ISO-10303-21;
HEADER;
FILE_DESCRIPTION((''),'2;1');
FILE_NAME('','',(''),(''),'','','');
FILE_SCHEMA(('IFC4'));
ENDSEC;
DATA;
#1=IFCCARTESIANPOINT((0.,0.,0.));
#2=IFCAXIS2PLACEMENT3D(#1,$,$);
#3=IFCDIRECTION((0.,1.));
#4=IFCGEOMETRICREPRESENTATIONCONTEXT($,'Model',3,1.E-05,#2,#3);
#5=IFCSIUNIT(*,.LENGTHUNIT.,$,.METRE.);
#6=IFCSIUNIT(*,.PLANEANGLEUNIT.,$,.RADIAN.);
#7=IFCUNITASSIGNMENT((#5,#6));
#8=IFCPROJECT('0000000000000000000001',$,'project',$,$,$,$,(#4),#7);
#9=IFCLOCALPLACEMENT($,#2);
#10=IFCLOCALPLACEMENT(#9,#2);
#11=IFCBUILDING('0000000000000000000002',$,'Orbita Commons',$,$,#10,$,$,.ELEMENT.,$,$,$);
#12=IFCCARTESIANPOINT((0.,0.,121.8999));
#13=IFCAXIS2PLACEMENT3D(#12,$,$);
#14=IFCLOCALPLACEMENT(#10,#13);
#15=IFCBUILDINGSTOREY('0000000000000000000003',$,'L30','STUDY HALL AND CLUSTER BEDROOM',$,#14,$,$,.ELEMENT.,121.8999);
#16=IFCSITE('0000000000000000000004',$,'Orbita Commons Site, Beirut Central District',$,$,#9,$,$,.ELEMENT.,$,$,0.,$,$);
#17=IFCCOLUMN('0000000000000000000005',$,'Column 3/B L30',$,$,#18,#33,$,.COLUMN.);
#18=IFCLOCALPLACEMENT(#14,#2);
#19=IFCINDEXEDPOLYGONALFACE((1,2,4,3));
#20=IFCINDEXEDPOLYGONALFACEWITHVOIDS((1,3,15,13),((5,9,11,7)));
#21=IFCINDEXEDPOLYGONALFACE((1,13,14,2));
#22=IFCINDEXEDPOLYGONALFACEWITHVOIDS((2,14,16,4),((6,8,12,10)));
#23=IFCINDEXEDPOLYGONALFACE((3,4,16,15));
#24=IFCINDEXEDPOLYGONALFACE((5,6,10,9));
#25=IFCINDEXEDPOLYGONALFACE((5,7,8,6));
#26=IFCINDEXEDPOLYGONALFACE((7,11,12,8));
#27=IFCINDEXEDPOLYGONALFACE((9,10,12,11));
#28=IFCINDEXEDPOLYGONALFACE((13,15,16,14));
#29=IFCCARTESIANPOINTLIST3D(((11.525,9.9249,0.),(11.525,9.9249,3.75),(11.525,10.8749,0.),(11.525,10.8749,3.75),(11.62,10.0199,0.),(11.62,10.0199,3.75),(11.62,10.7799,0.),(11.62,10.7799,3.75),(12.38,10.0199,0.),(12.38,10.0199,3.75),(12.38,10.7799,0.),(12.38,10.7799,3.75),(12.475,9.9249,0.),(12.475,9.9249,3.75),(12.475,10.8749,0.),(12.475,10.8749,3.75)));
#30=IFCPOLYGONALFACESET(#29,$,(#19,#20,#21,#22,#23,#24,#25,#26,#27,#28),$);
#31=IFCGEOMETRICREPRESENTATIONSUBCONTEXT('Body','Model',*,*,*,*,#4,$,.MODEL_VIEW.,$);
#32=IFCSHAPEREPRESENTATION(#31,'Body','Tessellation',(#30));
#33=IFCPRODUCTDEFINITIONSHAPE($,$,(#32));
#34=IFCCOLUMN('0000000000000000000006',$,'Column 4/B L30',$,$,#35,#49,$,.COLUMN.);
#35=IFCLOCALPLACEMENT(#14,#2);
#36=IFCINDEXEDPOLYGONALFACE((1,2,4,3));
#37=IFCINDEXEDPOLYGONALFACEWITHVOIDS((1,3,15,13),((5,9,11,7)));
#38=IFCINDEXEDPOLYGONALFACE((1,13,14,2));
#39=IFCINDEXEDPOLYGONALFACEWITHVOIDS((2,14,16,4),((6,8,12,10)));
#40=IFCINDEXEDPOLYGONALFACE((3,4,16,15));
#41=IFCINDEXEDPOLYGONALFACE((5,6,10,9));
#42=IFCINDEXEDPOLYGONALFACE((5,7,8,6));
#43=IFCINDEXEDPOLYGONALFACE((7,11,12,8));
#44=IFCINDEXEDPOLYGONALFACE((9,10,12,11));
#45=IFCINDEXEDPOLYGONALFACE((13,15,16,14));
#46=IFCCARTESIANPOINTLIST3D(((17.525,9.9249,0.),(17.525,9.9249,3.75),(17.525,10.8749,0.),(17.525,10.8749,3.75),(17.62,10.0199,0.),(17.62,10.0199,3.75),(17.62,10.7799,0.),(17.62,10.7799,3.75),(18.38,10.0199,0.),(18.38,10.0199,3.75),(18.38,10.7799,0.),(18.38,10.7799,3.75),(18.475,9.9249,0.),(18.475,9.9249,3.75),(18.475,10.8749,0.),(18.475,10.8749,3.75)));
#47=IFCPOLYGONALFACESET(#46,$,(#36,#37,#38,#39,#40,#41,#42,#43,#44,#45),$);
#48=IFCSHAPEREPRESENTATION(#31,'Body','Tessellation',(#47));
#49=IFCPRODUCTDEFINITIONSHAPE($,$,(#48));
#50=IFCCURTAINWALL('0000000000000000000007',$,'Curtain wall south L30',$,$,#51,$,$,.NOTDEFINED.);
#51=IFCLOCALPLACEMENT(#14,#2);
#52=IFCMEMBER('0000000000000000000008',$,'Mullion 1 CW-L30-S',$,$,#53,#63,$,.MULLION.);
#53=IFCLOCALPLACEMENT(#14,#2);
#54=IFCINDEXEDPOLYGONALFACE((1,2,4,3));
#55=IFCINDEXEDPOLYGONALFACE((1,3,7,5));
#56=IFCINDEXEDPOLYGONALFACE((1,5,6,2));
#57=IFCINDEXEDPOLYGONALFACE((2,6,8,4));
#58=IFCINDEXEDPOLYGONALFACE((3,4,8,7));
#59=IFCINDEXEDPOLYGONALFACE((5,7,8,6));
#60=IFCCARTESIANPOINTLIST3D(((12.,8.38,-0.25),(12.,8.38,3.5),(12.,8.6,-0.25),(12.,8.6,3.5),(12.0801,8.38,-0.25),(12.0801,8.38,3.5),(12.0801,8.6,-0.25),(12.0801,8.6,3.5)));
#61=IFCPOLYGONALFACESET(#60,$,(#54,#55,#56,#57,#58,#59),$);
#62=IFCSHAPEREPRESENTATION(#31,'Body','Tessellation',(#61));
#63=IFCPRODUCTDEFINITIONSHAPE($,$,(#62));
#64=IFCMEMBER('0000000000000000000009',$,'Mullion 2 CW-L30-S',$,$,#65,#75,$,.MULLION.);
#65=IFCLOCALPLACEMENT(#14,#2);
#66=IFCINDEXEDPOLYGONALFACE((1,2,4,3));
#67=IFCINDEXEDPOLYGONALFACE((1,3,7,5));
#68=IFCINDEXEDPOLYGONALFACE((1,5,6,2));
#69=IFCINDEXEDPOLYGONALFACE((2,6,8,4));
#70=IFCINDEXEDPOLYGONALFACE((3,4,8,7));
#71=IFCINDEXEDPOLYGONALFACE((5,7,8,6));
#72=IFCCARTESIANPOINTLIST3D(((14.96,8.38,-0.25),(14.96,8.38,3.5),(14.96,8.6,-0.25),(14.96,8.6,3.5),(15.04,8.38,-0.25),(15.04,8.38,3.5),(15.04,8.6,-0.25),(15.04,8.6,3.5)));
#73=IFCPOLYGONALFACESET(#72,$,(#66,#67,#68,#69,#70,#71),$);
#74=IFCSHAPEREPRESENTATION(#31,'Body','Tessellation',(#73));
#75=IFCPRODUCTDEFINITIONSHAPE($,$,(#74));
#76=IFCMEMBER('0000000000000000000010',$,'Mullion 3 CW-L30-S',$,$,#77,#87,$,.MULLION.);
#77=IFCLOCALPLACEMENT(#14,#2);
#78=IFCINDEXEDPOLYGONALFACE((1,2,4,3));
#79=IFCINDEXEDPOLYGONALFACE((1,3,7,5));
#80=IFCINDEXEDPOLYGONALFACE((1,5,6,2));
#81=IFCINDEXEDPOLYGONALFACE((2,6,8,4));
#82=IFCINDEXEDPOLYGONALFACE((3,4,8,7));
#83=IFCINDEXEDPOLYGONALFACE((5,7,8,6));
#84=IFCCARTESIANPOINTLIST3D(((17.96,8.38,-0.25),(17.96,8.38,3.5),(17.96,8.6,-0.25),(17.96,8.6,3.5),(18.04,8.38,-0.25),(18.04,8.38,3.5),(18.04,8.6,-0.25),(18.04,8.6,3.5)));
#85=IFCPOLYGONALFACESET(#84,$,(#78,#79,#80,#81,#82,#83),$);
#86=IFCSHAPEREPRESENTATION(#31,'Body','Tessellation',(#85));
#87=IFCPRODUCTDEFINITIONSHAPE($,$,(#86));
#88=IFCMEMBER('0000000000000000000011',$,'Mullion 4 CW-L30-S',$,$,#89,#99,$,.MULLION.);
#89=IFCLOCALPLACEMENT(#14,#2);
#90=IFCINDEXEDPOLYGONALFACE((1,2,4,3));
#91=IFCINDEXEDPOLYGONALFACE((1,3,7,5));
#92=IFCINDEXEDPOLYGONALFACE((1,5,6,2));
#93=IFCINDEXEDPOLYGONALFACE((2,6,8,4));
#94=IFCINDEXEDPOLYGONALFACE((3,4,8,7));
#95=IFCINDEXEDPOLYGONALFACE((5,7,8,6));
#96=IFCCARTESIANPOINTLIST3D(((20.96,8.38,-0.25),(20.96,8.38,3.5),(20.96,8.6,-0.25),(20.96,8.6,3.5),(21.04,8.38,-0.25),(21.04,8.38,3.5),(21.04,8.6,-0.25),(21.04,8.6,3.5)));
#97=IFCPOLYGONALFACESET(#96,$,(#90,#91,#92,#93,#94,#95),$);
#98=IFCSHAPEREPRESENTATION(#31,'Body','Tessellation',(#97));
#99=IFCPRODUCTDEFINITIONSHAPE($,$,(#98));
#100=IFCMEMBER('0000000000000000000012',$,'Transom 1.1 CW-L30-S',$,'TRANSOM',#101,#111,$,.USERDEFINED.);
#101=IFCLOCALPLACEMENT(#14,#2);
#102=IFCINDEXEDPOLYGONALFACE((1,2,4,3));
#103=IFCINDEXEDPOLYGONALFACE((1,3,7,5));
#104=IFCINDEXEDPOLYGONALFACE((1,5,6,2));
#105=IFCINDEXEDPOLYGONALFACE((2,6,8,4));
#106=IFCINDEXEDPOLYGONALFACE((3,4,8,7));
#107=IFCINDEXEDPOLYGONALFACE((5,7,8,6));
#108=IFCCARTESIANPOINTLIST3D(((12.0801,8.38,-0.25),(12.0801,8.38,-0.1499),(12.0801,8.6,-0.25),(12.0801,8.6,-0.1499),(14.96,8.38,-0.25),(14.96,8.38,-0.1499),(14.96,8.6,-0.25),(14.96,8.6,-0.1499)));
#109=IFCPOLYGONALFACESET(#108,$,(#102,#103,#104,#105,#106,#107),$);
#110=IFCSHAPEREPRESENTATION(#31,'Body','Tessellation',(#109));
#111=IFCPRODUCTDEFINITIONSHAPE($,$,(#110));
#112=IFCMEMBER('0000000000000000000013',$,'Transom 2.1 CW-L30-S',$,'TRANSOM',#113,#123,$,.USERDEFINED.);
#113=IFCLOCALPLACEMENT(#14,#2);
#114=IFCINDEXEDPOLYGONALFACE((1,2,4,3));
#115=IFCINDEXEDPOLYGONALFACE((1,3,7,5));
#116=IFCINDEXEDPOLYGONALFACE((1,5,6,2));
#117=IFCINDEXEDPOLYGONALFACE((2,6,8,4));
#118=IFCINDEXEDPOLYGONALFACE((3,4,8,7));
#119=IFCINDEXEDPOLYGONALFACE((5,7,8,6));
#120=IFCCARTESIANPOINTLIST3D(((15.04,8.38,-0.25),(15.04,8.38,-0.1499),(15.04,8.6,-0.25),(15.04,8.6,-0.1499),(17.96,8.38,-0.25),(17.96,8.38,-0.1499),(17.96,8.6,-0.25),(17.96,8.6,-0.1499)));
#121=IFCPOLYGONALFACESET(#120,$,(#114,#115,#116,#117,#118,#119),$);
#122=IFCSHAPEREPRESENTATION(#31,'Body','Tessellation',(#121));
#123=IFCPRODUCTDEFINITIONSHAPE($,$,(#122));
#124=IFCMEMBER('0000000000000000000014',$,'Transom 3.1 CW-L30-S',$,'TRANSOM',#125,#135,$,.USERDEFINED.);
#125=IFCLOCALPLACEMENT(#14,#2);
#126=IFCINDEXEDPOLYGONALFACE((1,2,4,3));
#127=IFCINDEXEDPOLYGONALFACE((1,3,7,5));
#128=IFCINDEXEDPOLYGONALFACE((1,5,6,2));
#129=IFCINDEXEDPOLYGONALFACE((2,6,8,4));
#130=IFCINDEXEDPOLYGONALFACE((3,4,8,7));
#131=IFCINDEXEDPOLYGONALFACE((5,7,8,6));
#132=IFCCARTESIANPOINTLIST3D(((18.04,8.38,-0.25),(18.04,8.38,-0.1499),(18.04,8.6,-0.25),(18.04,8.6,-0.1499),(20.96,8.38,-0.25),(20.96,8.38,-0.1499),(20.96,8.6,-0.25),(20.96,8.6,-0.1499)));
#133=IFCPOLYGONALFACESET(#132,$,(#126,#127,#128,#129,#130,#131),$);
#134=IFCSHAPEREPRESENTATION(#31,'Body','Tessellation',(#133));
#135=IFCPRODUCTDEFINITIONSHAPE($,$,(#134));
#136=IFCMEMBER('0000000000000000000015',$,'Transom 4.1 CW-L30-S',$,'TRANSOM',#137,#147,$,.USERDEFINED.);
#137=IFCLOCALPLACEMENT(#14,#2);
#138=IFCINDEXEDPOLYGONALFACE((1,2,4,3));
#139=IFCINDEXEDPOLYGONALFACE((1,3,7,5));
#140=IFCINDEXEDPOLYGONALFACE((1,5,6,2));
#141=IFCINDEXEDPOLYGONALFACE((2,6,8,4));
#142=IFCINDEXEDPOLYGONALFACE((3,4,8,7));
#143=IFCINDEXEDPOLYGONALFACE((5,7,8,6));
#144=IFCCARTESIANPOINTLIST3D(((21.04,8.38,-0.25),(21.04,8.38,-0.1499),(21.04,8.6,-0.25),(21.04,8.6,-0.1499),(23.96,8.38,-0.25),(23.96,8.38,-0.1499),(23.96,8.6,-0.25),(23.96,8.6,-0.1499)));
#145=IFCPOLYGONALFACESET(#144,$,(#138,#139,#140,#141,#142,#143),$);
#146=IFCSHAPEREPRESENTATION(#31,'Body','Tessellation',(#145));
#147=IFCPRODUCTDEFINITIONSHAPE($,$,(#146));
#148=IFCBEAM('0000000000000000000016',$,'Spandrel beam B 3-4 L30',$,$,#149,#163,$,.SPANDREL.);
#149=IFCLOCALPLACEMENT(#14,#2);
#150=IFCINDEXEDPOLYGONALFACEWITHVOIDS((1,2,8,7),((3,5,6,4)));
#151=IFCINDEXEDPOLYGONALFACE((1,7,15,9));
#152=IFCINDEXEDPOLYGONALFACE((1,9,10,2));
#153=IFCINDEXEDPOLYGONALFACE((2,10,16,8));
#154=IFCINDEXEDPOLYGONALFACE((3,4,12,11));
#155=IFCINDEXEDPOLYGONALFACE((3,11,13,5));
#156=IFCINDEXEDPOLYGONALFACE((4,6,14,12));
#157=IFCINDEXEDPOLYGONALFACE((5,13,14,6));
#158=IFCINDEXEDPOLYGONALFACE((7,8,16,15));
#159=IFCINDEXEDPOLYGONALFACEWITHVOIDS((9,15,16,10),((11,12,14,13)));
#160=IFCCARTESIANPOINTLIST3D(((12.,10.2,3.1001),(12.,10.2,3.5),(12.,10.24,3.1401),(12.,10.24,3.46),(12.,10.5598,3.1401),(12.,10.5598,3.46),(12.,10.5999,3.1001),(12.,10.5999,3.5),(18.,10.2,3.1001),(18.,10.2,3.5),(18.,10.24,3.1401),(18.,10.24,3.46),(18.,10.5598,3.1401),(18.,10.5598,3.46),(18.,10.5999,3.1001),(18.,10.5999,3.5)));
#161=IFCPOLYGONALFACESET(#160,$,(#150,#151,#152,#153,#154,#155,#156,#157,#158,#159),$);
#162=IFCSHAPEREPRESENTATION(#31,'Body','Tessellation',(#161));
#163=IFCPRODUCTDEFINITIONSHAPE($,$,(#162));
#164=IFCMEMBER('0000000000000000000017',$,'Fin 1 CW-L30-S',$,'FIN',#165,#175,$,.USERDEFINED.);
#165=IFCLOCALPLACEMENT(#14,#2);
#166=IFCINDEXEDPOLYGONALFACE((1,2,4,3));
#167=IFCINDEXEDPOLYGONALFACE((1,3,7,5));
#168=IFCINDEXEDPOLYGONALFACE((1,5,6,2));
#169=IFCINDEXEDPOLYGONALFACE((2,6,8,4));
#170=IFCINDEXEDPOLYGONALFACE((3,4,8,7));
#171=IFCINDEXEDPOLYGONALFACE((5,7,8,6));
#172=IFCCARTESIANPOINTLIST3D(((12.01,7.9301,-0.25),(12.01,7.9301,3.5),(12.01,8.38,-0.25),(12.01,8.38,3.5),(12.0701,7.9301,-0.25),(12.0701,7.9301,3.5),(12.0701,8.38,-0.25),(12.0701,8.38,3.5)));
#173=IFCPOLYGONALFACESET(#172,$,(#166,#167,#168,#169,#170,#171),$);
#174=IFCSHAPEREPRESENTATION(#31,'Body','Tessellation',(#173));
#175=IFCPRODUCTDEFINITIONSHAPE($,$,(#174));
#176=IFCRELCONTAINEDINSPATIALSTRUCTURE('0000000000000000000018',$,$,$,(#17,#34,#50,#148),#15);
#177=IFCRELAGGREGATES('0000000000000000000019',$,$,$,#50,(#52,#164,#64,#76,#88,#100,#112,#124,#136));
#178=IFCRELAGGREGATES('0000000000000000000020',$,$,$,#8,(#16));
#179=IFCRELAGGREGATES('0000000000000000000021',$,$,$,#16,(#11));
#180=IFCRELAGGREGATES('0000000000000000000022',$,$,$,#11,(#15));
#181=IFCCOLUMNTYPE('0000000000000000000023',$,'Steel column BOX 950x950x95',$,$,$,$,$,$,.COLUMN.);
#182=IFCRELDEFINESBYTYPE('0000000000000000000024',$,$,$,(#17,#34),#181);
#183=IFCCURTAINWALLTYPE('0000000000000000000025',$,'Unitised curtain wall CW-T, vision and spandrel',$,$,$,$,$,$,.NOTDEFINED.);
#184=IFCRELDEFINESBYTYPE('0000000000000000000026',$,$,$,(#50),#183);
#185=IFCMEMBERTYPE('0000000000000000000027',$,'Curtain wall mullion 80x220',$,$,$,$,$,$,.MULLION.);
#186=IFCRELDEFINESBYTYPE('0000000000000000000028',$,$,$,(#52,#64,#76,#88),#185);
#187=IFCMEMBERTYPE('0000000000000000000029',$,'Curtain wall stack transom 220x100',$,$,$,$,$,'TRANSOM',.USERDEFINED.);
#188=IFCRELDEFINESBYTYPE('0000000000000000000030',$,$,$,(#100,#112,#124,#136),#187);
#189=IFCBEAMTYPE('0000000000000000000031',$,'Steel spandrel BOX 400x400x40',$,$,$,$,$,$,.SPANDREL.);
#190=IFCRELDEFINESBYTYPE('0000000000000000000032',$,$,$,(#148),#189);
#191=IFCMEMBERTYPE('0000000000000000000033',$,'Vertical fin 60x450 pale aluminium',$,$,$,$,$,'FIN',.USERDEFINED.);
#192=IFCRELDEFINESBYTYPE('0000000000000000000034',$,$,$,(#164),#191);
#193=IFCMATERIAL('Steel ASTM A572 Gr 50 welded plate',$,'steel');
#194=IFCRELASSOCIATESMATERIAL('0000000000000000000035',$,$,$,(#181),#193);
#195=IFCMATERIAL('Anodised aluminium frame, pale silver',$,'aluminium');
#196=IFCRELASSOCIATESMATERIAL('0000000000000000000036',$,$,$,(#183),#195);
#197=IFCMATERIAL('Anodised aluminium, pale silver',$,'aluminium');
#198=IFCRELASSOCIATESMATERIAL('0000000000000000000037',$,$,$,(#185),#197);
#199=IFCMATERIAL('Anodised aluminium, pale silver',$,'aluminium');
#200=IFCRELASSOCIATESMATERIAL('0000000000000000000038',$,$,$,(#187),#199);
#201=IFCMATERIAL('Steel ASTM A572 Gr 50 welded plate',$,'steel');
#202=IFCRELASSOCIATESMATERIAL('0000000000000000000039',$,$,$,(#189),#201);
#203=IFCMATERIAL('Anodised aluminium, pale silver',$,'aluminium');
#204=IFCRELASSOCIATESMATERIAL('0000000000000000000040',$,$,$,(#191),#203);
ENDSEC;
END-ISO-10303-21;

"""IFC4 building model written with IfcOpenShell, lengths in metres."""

from ifc_helpers import new_model, si_unit, direction, frame, origin, origin_2d, place, context, subcontext, project, spatial, rectangle, hollow_rectangle, extrude, material, material_profile, profile_set, type_object, element, aggregate, save


model = new_model("IFC4")

# Units and contexts
model_context = context("Model", 3, precision=1e-05, world=origin(), true_north=direction((0.0, 1.0)))
body_context = subcontext(model_context, "Body", "Model", "MODEL_VIEW")
ifc_project = project(units=[si_unit("LENGTHUNIT", "METRE"), si_unit("PLANEANGLEUNIT", "RADIAN")], contexts=[model_context])

# Site, building, storey
site_placement = place(None, origin())
site = spatial("IfcSite", under=ifc_project, at=site_placement, Name="Orbita Commons Site, Beirut Central District", CompositionType="ELEMENT", RefElevation=0.0)
building_placement = place(site_placement, origin())
building = spatial("IfcBuilding", under=site, at=building_placement, Name="Orbita Commons", CompositionType="ELEMENT")
storey_placement = place(building_placement, frame((0.0, 0.0, 121.8999)))
storey = spatial("IfcBuildingStorey", under=building, at=storey_placement, Name="L30", Description="STUDY HALL AND CLUSTER BEDROOM", CompositionType="ELEMENT", Elevation=121.8999)

# Columns
ifc_material_1 = material(Name="Steel ASTM A572 Gr 50 welded plate", Category="steel")
ifc_material_profile_1 = material_profile(ifc_material_1, hollow_rectangle(XDim=0.95, YDim=0.95, WallThickness=0.095, at=origin_2d()), Name="BOX 950x950x95")
ifc_profile_set_1 = profile_set([ifc_material_profile_1], Name="Steel ASTM A572 Gr 50 welded plate")
column_type = type_object("IfcColumnType", Name="Steel column BOX 950x950x95", PredefinedType="COLUMN", material=ifc_profile_set_1)
for number, where, z_axis, x_axis, name in (
    (1, (12.0, 10.3999, 0.0), (0.0, 0.0, 1.0), (1.0, 0.0, 0.0), "Column 3/B L30"),
    (2, (18.0, 10.3999, 0.0), (0.0, 0.0, 1.0), (1.0, 0.0, 0.0), "Column 4/B L30"),
):
    element("IfcColumn", number, at=place(storey_placement, frame(where, z_axis=z_axis, x_axis=x_axis)), inside=storey, type_object=column_type, Name=name, PredefinedType="COLUMN", context=body_context, shape_type="SweptSolid", body=[
        extrude(hollow_rectangle(XDim=0.95, YDim=0.95, WallThickness=0.095, at=origin_2d()), origin(), (0.0, 0.0, 1.0), 3.75),
    ])

# Curtain wall, members
ifc_material_2 = material(Name="Anodised aluminium frame, pale silver", Category="aluminium")
curtain_wall_type = type_object("IfcCurtainWallType", Name="Unitised curtain wall CW-T, vision and spandrel", PredefinedType="NOTDEFINED", material=ifc_material_2)
curtain_wall_placement = place(storey_placement, origin())
curtain_wall = element("IfcCurtainWall", 3, at=curtain_wall_placement, inside=storey, type_object=curtain_wall_type, Name="Curtain wall south L30", PredefinedType="NOTDEFINED")
ifc_material_3 = material(Name="Anodised aluminium, pale silver", Category="aluminium")
ifc_material_profile_2 = material_profile(ifc_material_3, rectangle(XDim=0.0801, YDim=0.22, at=origin_2d()), Name="AL 80x220")
ifc_profile_set_2 = profile_set([ifc_material_profile_2], Name="Anodised aluminium, pale silver")
member_type_1 = type_object("IfcMemberType", Name="Curtain wall mullion 80x220", PredefinedType="MULLION", material=ifc_profile_set_2)
member_1_placement = place(storey_placement, frame((12.04, 8.49, -0.25), z_axis=(0.0, 0.0, 1.0), x_axis=(1.0, 0.0, 0.0)))
member_1 = element("IfcMember", 4, at=member_1_placement, type_object=member_type_1, Name="Mullion 1 CW-L30-S", PredefinedType="MULLION", context=body_context, shape_type="SweptSolid", body=[
    extrude(rectangle(XDim=0.0801, YDim=0.22, at=origin_2d()), origin(), (0.0, 0.0, 1.0), 3.75),
])
member_2_placement = place(storey_placement, frame((15.0, 8.49, -0.25), z_axis=(0.0, 0.0, 1.0), x_axis=(1.0, 0.0, 0.0)))
member_2 = element("IfcMember", 5, at=member_2_placement, type_object=member_type_1, Name="Mullion 2 CW-L30-S", PredefinedType="MULLION", context=body_context, shape_type="SweptSolid", body=[
    extrude(rectangle(XDim=0.0801, YDim=0.22, at=origin_2d()), origin(), (0.0, 0.0, 1.0), 3.75),
])
member_3_placement = place(storey_placement, frame((18.0, 8.49, -0.25), z_axis=(0.0, 0.0, 1.0), x_axis=(1.0, 0.0, 0.0)))
member_3 = element("IfcMember", 6, at=member_3_placement, type_object=member_type_1, Name="Mullion 3 CW-L30-S", PredefinedType="MULLION", context=body_context, shape_type="SweptSolid", body=[
    extrude(rectangle(XDim=0.0801, YDim=0.22, at=origin_2d()), origin(), (0.0, 0.0, 1.0), 3.75),
])
member_4_placement = place(storey_placement, frame((21.0, 8.49, -0.25), z_axis=(0.0, 0.0, 1.0), x_axis=(1.0, 0.0, 0.0)))
member_4 = element("IfcMember", 7, at=member_4_placement, type_object=member_type_1, Name="Mullion 4 CW-L30-S", PredefinedType="MULLION", context=body_context, shape_type="SweptSolid", body=[
    extrude(rectangle(XDim=0.0801, YDim=0.22, at=origin_2d()), origin(), (0.0, 0.0, 1.0), 3.75),
])
ifc_material_4 = material(Name="Anodised aluminium, pale silver", Category="aluminium")
ifc_material_profile_3 = material_profile(ifc_material_4, rectangle(XDim=0.22, YDim=0.1001, at=origin_2d()), Name="AL 220x100")
ifc_profile_set_3 = profile_set([ifc_material_profile_3], Name="Anodised aluminium, pale silver")
member_type_2 = type_object("IfcMemberType", Name="Curtain wall stack transom 220x100", ElementType="TRANSOM", PredefinedType="USERDEFINED", material=ifc_profile_set_3)
member_5_placement = place(storey_placement, frame((12.0801, 8.49, -0.2), z_axis=(1.0, 0.0, 0.0), x_axis=(0.0, 1.0, 0.0)))
member_5 = element("IfcMember", 8, at=member_5_placement, type_object=member_type_2, Name="Transom 1.1 CW-L30-S", ObjectType="TRANSOM", PredefinedType="USERDEFINED", context=body_context, shape_type="SweptSolid", body=[
    extrude(rectangle(XDim=0.22, YDim=0.1001, at=origin_2d()), origin(), (0.0, 0.0, 1.0), 2.8799),
])
member_6_placement = place(storey_placement, frame((15.04, 8.49, -0.2), z_axis=(1.0, 0.0, 0.0), x_axis=(0.0, 1.0, 0.0)))
member_6 = element("IfcMember", 9, at=member_6_placement, type_object=member_type_2, Name="Transom 2.1 CW-L30-S", ObjectType="TRANSOM", PredefinedType="USERDEFINED", context=body_context, shape_type="SweptSolid", body=[
    extrude(rectangle(XDim=0.22, YDim=0.1001, at=origin_2d()), origin(), (0.0, 0.0, 1.0), 2.9199),
])
member_7_placement = place(storey_placement, frame((18.04, 8.49, -0.2), z_axis=(1.0, 0.0, 0.0), x_axis=(0.0, 1.0, 0.0)))
member_7 = element("IfcMember", 10, at=member_7_placement, type_object=member_type_2, Name="Transom 3.1 CW-L30-S", ObjectType="TRANSOM", PredefinedType="USERDEFINED", context=body_context, shape_type="SweptSolid", body=[
    extrude(rectangle(XDim=0.22, YDim=0.1001, at=origin_2d()), origin(), (0.0, 0.0, 1.0), 2.9199),
])
member_8_placement = place(storey_placement, frame((21.04, 8.49, -0.2), z_axis=(1.0, 0.0, 0.0), x_axis=(0.0, 1.0, 0.0)))
member_8 = element("IfcMember", 11, at=member_8_placement, type_object=member_type_2, Name="Transom 4.1 CW-L30-S", ObjectType="TRANSOM", PredefinedType="USERDEFINED", context=body_context, shape_type="SweptSolid", body=[
    extrude(rectangle(XDim=0.22, YDim=0.1001, at=origin_2d()), origin(), (0.0, 0.0, 1.0), 2.9199),
])

# Beam
ifc_material_5 = material(Name="Steel ASTM A572 Gr 50 welded plate", Category="steel")
ifc_material_profile_4 = material_profile(ifc_material_5, hollow_rectangle(XDim=0.3999, YDim=0.3999, WallThickness=0.04, at=origin_2d()), Name="BOX 400x400x40")
ifc_profile_set_4 = profile_set([ifc_material_profile_4], Name="Steel ASTM A572 Gr 50 welded plate")
beam_type = type_object("IfcBeamType", Name="Steel spandrel BOX 400x400x40", PredefinedType="SPANDREL", material=ifc_profile_set_4)
beam_placement = place(storey_placement, frame((12.0, 10.3999, 3.3), z_axis=(1.0, 0.0, 0.0), x_axis=(0.0, 1.0, 0.0)))
element("IfcBeam", 12, at=beam_placement, inside=storey, type_object=beam_type, Name="Spandrel beam B 3-4 L30", PredefinedType="SPANDREL", context=body_context, shape_type="SweptSolid", body=[
    extrude(hollow_rectangle(XDim=0.3999, YDim=0.3999, WallThickness=0.04, at=origin_2d()), origin(), (0.0, 0.0, 1.0), 6.0),
])

# Member
ifc_material_6 = material(Name="Anodised aluminium, pale silver", Category="aluminium")
ifc_material_profile_5 = material_profile(ifc_material_6, rectangle(XDim=0.0601, YDim=0.45, at=origin_2d()), Name="FIN 60x450")
ifc_profile_set_5 = profile_set([ifc_material_profile_5], Name="Anodised aluminium, pale silver")
member_type_3 = type_object("IfcMemberType", Name="Vertical fin 60x450 pale aluminium", ElementType="FIN", PredefinedType="USERDEFINED", material=ifc_profile_set_5)
member_9_placement = place(storey_placement, frame((12.04, 8.155, -0.25), z_axis=(0.0, 0.0, 1.0), x_axis=(1.0, 0.0, 0.0)))
member_9 = element("IfcMember", 13, at=member_9_placement, type_object=member_type_3, Name="Fin 1 CW-L30-S", ObjectType="FIN", PredefinedType="USERDEFINED", context=body_context, shape_type="SweptSolid", body=[
    extrude(rectangle(XDim=0.0601, YDim=0.45, at=origin_2d()), origin(), (0.0, 0.0, 1.0), 3.75),
])

aggregate(curtain_wall, [member_1, member_9, member_2, member_3, member_4, member_5, member_6, member_7, member_8])

save(model, "model.ifc")
